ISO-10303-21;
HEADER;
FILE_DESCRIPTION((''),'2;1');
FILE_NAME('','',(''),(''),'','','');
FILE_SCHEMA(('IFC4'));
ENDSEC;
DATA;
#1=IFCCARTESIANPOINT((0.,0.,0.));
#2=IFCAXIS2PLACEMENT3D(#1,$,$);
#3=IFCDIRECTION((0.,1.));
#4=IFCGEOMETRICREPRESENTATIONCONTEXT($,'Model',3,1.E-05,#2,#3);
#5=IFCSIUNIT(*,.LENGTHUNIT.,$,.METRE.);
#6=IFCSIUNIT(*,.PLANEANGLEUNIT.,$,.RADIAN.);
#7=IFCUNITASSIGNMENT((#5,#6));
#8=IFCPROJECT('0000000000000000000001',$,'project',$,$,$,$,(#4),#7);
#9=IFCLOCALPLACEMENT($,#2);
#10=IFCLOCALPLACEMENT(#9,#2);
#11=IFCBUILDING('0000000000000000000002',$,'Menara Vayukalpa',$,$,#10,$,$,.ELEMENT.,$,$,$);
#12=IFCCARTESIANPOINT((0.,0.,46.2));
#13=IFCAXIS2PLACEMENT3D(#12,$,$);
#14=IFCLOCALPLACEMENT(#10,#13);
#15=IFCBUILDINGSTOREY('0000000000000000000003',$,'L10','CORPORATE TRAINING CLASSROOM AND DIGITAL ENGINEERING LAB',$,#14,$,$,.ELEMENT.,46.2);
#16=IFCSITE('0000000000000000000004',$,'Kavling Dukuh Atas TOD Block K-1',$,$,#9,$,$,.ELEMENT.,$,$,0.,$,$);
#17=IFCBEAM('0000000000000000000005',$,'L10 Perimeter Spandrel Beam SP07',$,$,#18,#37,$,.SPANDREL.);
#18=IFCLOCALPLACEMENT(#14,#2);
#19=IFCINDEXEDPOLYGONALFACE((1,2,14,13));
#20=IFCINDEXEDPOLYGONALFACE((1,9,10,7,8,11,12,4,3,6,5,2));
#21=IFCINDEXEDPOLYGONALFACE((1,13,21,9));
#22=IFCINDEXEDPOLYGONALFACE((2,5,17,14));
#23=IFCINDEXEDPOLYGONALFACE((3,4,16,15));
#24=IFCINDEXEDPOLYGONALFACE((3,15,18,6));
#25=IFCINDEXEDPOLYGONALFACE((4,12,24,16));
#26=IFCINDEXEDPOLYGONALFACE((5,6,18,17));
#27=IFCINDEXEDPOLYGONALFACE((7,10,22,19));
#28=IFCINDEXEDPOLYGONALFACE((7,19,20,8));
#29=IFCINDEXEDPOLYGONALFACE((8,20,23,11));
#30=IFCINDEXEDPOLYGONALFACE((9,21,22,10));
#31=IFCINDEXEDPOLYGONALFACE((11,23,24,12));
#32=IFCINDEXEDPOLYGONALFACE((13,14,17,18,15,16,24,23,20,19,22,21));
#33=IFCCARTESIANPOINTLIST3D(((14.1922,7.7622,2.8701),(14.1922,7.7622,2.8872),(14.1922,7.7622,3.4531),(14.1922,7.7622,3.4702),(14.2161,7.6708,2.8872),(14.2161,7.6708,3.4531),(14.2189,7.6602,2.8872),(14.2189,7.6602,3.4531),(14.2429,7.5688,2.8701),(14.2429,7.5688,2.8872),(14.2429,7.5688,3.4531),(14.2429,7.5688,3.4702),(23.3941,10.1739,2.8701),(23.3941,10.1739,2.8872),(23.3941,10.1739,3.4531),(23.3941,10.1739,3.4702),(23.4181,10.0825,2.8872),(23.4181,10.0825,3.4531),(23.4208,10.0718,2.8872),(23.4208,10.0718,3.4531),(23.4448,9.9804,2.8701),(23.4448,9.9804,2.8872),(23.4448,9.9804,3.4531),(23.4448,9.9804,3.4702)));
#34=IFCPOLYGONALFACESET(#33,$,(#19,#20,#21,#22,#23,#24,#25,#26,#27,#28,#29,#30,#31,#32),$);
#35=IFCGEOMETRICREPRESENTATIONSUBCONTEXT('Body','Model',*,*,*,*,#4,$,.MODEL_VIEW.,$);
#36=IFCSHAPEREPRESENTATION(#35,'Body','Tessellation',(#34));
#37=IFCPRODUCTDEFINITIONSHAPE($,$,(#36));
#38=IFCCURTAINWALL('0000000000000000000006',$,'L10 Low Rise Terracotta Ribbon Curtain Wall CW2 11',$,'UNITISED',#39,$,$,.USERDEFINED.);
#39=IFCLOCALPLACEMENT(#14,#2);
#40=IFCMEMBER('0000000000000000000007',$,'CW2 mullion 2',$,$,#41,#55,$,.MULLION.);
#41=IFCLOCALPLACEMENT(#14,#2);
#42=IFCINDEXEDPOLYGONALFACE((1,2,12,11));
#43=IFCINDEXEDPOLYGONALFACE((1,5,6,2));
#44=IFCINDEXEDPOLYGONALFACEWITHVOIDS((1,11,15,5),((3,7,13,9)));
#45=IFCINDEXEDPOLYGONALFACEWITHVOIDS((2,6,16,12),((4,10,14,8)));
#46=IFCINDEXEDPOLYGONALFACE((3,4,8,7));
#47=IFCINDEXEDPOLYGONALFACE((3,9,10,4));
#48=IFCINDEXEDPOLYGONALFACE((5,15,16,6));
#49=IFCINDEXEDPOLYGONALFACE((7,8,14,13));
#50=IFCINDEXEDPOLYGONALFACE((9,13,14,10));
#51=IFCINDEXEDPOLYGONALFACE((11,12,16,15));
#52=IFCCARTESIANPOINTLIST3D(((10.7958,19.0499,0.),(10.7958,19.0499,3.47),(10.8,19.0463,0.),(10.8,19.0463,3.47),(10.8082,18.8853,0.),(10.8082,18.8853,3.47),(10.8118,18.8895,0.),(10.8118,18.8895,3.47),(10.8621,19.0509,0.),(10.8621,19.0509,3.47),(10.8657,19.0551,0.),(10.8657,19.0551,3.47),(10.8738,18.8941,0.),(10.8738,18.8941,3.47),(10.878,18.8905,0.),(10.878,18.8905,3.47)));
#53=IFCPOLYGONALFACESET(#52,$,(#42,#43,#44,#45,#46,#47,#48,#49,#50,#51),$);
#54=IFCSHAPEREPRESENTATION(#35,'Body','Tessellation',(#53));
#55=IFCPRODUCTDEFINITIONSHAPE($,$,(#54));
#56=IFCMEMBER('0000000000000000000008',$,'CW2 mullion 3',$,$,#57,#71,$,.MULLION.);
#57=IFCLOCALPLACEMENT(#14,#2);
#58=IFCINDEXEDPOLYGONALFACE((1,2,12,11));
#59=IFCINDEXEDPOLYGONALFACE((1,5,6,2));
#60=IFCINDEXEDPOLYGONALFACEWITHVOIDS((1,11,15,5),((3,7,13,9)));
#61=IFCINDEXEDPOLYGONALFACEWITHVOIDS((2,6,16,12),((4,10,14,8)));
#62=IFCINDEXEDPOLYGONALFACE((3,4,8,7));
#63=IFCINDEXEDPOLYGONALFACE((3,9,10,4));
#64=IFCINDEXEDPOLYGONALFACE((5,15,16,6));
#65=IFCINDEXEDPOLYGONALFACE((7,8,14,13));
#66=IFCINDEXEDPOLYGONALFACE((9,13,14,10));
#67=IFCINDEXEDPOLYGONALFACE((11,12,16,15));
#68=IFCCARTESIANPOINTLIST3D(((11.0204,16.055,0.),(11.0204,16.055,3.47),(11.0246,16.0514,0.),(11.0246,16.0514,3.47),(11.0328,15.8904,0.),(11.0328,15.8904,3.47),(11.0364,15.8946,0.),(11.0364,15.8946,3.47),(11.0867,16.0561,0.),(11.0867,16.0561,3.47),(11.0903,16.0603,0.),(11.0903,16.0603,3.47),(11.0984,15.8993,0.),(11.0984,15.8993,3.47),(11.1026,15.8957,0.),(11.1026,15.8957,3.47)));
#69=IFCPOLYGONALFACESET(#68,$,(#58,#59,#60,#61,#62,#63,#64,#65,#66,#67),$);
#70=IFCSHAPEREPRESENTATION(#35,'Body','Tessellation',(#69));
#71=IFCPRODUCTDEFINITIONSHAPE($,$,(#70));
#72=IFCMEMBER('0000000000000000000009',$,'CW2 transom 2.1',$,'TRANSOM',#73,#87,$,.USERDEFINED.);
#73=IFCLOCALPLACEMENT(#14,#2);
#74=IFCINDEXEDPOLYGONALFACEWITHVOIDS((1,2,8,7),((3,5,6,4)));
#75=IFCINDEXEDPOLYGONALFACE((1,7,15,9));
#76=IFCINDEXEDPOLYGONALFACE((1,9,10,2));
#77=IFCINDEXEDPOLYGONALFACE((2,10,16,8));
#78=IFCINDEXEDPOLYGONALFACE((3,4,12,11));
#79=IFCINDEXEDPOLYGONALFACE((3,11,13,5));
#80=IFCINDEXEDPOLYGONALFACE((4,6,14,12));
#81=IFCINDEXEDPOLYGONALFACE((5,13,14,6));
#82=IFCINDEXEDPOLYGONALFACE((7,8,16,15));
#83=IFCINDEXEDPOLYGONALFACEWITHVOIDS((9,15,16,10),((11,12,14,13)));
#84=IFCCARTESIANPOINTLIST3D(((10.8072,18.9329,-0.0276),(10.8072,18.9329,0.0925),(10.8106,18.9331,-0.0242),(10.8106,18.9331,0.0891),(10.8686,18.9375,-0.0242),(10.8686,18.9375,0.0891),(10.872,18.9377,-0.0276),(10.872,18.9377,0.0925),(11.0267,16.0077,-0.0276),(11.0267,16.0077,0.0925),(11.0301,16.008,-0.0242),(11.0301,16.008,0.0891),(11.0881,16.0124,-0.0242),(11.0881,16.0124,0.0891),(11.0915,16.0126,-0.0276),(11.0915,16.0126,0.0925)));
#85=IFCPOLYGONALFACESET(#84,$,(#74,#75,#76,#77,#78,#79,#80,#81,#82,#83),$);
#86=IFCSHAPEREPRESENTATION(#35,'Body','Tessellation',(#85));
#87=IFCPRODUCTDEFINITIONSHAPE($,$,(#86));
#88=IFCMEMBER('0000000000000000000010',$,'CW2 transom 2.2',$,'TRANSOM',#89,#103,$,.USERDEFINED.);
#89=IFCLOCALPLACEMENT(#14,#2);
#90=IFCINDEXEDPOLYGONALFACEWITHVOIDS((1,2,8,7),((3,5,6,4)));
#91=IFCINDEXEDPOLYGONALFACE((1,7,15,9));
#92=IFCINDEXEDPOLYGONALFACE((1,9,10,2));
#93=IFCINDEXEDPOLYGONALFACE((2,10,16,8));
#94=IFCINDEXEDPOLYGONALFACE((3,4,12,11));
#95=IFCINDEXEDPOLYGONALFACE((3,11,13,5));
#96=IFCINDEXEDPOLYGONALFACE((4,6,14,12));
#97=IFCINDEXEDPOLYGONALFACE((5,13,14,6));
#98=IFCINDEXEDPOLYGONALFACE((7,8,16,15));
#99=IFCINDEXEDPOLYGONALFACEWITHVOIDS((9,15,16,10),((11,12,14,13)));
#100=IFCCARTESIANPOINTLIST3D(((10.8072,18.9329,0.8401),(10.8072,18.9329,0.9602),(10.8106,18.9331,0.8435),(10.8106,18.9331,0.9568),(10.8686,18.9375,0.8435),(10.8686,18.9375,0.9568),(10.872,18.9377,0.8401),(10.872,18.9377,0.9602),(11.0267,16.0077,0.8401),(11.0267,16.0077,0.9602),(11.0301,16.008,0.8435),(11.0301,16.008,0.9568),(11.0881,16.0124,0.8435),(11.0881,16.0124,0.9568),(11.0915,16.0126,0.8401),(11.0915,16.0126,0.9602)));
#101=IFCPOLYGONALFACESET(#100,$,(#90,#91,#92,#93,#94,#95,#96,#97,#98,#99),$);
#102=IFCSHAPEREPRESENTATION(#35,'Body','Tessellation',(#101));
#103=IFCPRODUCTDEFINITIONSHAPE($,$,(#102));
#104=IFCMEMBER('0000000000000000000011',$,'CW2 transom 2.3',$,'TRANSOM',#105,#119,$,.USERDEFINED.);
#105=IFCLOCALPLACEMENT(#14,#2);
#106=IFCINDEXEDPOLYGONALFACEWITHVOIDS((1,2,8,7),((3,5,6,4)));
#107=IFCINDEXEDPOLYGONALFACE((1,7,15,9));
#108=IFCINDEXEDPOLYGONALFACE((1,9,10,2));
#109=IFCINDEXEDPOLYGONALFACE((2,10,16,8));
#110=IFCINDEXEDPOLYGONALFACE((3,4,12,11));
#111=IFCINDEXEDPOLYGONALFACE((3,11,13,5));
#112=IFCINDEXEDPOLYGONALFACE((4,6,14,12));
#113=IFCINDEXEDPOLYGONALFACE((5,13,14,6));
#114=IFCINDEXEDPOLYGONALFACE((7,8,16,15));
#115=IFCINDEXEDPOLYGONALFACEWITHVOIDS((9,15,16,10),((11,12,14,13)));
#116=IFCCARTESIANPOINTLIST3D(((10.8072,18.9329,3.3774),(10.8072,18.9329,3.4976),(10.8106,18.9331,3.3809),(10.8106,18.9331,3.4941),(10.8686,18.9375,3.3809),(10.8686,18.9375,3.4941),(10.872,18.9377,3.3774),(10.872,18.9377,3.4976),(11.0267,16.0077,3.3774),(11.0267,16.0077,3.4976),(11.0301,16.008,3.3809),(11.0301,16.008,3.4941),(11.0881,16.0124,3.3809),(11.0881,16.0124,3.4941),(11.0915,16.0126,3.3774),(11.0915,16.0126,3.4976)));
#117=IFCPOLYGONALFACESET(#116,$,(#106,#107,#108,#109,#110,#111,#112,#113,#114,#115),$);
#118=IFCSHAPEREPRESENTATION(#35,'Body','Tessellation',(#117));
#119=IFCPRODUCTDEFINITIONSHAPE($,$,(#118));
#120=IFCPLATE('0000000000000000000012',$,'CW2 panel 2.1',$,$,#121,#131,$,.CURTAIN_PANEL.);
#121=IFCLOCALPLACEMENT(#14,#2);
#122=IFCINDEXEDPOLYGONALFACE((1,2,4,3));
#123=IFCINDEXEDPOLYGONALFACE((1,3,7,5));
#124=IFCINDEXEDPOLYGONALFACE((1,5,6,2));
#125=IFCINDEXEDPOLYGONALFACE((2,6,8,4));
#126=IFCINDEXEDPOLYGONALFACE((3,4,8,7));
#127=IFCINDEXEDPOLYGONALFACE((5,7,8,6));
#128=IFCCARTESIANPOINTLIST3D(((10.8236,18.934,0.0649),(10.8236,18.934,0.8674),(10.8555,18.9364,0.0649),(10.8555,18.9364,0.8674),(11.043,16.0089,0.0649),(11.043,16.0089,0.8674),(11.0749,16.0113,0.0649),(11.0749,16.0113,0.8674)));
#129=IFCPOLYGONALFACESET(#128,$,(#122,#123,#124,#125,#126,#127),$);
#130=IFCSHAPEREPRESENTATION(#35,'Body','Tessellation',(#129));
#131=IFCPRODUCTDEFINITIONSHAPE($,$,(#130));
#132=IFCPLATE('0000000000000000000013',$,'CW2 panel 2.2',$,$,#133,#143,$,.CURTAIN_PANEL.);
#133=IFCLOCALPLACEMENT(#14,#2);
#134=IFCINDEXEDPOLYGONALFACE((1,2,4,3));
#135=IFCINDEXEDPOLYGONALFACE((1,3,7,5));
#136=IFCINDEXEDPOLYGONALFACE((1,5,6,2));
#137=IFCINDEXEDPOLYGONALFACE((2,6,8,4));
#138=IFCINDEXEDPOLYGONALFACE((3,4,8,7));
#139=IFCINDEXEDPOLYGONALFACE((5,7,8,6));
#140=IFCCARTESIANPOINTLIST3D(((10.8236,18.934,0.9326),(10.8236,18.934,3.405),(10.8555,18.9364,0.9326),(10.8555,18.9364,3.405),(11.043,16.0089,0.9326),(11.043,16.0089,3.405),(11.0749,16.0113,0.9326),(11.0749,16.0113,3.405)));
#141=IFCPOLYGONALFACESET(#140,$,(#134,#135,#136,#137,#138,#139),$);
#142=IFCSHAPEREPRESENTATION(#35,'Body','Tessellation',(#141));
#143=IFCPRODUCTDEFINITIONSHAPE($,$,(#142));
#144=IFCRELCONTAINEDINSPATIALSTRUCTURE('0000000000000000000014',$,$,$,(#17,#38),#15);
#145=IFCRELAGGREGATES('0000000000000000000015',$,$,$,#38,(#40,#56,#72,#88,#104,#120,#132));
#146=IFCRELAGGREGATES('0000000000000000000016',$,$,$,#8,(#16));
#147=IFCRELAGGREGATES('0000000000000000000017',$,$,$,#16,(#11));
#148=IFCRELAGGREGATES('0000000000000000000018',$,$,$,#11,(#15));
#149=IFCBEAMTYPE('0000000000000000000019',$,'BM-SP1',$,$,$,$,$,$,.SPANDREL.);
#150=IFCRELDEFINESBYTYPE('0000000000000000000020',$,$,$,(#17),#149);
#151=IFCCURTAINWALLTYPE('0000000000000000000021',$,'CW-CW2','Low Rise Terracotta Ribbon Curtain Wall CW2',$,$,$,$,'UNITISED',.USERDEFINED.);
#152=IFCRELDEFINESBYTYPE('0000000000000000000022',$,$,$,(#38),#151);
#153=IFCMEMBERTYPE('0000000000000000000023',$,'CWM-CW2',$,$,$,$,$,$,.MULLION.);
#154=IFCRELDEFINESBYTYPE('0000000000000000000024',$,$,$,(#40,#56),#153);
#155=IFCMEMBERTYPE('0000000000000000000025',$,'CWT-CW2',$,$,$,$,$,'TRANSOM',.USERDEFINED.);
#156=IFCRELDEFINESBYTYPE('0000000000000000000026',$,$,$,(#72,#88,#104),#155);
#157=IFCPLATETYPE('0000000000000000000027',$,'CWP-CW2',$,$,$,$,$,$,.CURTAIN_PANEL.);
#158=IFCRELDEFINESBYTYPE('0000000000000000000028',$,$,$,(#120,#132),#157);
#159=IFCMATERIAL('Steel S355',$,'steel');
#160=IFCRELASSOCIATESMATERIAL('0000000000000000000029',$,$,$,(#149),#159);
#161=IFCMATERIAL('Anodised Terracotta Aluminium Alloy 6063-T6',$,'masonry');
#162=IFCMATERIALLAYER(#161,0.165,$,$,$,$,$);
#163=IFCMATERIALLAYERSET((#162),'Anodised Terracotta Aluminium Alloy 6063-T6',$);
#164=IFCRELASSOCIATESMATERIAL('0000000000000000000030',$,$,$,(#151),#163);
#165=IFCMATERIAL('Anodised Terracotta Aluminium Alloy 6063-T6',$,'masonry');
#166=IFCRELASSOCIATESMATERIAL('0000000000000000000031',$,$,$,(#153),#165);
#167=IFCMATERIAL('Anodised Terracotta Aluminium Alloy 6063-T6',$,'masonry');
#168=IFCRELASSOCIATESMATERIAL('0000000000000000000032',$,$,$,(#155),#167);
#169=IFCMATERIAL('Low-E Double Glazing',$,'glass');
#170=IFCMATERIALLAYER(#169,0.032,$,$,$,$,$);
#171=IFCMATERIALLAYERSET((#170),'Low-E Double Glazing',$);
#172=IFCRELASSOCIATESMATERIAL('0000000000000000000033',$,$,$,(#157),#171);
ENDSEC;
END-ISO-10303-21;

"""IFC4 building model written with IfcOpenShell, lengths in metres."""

from ifc_helpers import new_model, si_unit, direction, frame, origin, origin_2d, place, context, subcontext, project, spatial, rectangle, hollow_rectangle, i_section, extrude, material, layer, layer_set, material_profile, profile_set, type_object, element, aggregate, save


model = new_model("IFC4")

# Units and contexts
model_context = context("Model", 3, precision=1e-05, world=origin(), true_north=direction((0.0, 1.0)))
body_context = subcontext(model_context, "Body", "Model", "MODEL_VIEW")
ifc_project = project(units=[si_unit("LENGTHUNIT", "METRE"), si_unit("PLANEANGLEUNIT", "RADIAN")], contexts=[model_context])

# Site, building, storey
site_placement = place(None, origin())
site = spatial("IfcSite", under=ifc_project, at=site_placement, Name="Kavling Dukuh Atas TOD Block K-1", CompositionType="ELEMENT", RefElevation=0.0)
building_placement = place(site_placement, origin())
building = spatial("IfcBuilding", under=site, at=building_placement, Name="Menara Vayukalpa", CompositionType="ELEMENT")
storey_placement = place(building_placement, frame((0.0, 0.0, 46.2)))
storey = spatial("IfcBuildingStorey", under=building, at=storey_placement, Name="L10", Description="CORPORATE TRAINING CLASSROOM AND DIGITAL ENGINEERING LAB", CompositionType="ELEMENT", Elevation=46.2)

# Beam
ifc_material_1 = material(Name="Steel S355", Category="steel")
ifc_material_profile_1 = material_profile(ifc_material_1, i_section(OverallWidth=0.2, OverallDepth=0.6001, WebThickness=0.011, FlangeThickness=0.0171, at=origin_2d()), Name="WF 600x200x11x17")
ifc_profile_set_1 = profile_set([ifc_material_profile_1], Name="Steel S355")
beam_type_1 = type_object("IfcBeamType", Name="BM-SP1", PredefinedType="SPANDREL", material=ifc_profile_set_1)
beam_1_placement = place(storey_placement, frame((14.2175, 7.6655, 3.1702), z_axis=(0.967331, 0.253517, 0.0), x_axis=(-0.253517, 0.967331, 0.0)))
element("IfcBeam", 1, at=beam_1_placement, inside=storey, type_object=beam_type_1, Name="L10 Perimeter Spandrel Beam SP07", PredefinedType="SPANDREL", context=body_context, shape_type="SweptSolid", body=[
    extrude(i_section(OverallWidth=0.2, OverallDepth=0.6001, WebThickness=0.011, FlangeThickness=0.0171, at=origin_2d()), origin(), (0.0, 0.0, 1.0), 9.5127),
])

# Curtain wall, members, plates
ifc_material_2 = material(Name="Anodised Terracotta Aluminium Alloy 6063-T6", Category="masonry")
ifc_layer_1 = layer(ifc_material_2, 0.165)
ifc_layer_set_1 = layer_set([ifc_layer_1], Name="Anodised Terracotta Aluminium Alloy 6063-T6")
curtain_wall_type = type_object("IfcCurtainWallType", Name="CW-CW2", Description="Low Rise Terracotta Ribbon Curtain Wall CW2", ElementType="UNITISED", PredefinedType="USERDEFINED", material=ifc_layer_set_1)
curtain_wall_placement = place(storey_placement, origin())
curtain_wall = element("IfcCurtainWall", 2, at=curtain_wall_placement, inside=storey, type_object=curtain_wall_type, Name="L10 Low Rise Terracotta Ribbon Curtain Wall CW2 11", ObjectType="UNITISED", PredefinedType="USERDEFINED")
ifc_material_3 = material(Name="Anodised Terracotta Aluminium Alloy 6063-T6", Category="masonry")
ifc_material_profile_2 = material_profile(ifc_material_3, hollow_rectangle(XDim=0.0701, YDim=0.165, WallThickness=0.0039, at=origin_2d()), Name="ALU 70x165x4")
ifc_profile_set_2 = profile_set([ifc_material_profile_2], Name="Anodised Terracotta Aluminium Alloy 6063-T6")
member_type_1 = type_object("IfcMemberType", Name="CWM-CW2", PredefinedType="MULLION", material=ifc_profile_set_2)
member_1_placement = place(storey_placement, frame((10.8369, 18.9702, 0.0), z_axis=(0.0, 0.0, 1.0), x_axis=(0.997199, 0.074795, 0.0)))
member_1 = element("IfcMember", 3, at=member_1_placement, type_object=member_type_1, Name="CW2 mullion 2", PredefinedType="MULLION", context=body_context, shape_type="SweptSolid", body=[
    extrude(hollow_rectangle(XDim=0.0701, YDim=0.165, WallThickness=0.0039, at=origin_2d()), origin(), (0.0, 0.0, 1.0), 3.47),
])
member_2_placement = place(storey_placement, frame((11.0615, 15.9753, 0.0), z_axis=(0.0, 0.0, 1.0), x_axis=(0.997199, 0.074795, 0.0)))
member_2 = element("IfcMember", 4, at=member_2_placement, type_object=member_type_1, Name="CW2 mullion 3", PredefinedType="MULLION", context=body_context, shape_type="SweptSolid", body=[
    extrude(hollow_rectangle(XDim=0.0701, YDim=0.165, WallThickness=0.0039, at=origin_2d()), origin(), (0.0, 0.0, 1.0), 3.47),
])
ifc_material_4 = material(Name="Anodised Terracotta Aluminium Alloy 6063-T6", Category="masonry")
ifc_material_profile_3 = material_profile(ifc_material_4, hollow_rectangle(XDim=0.0649, YDim=0.1201, WallThickness=0.0034, at=origin_2d()), Name="ALU 65x120x3.5")
ifc_profile_set_3 = profile_set([ifc_material_profile_3], Name="Anodised Terracotta Aluminium Alloy 6063-T6")
member_type_2 = type_object("IfcMemberType", Name="CWT-CW2", ElementType="TRANSOM", PredefinedType="USERDEFINED", material=ifc_profile_set_3)
member_3_placement = place(storey_placement, frame((10.8396, 18.9353, 0.0325), z_axis=(0.074825, -0.997197, 0.0), x_axis=(0.997197, 0.074825, 0.0)))
member_3 = element("IfcMember", 5, at=member_3_placement, type_object=member_type_2, Name="CW2 transom 2.1", ObjectType="TRANSOM", PredefinedType="USERDEFINED", context=body_context, shape_type="SweptSolid", body=[
    extrude(hollow_rectangle(XDim=0.0649, YDim=0.1201, WallThickness=0.0034, at=origin_2d()), origin(), (0.0, 0.0, 1.0), 2.9333),
])
member_4_placement = place(storey_placement, frame((10.8396, 18.9353, 0.9001), z_axis=(0.074825, -0.997197, 0.0), x_axis=(0.997197, 0.074825, 0.0)))
member_4 = element("IfcMember", 6, at=member_4_placement, type_object=member_type_2, Name="CW2 transom 2.2", ObjectType="TRANSOM", PredefinedType="USERDEFINED", context=body_context, shape_type="SweptSolid", body=[
    extrude(hollow_rectangle(XDim=0.0649, YDim=0.1201, WallThickness=0.0034, at=origin_2d()), origin(), (0.0, 0.0, 1.0), 2.9333),
])
member_5_placement = place(storey_placement, frame((10.8396, 18.9353, 3.4375), z_axis=(0.074825, -0.997197, 0.0), x_axis=(0.997197, 0.074825, 0.0)))
member_5 = element("IfcMember", 7, at=member_5_placement, type_object=member_type_2, Name="CW2 transom 2.3", ObjectType="TRANSOM", PredefinedType="USERDEFINED", context=body_context, shape_type="SweptSolid", body=[
    extrude(hollow_rectangle(XDim=0.0649, YDim=0.1201, WallThickness=0.0034, at=origin_2d()), origin(), (0.0, 0.0, 1.0), 2.9333),
])
ifc_material_5 = material(Name="Low-E Double Glazing", Category="glass")
ifc_layer_2 = layer(ifc_material_5, 0.032)
ifc_layer_set_2 = layer_set([ifc_layer_2], Name="Low-E Double Glazing")
plate_type = type_object("IfcPlateType", Name="CWP-CW2", PredefinedType="CURTAIN_PANEL", material=ifc_layer_set_2)
plate_1_placement = place(storey_placement, frame((10.9492, 17.4727, 0.0649), z_axis=(0.0, 0.0, 1.0), x_axis=(0.074795, -0.997199, 0.0)))
plate_1 = element("IfcPlate", 8, at=plate_1_placement, type_object=plate_type, Name="CW2 panel 2.1", PredefinedType="CURTAIN_PANEL", context=body_context, shape_type="SweptSolid", body=[
    extrude(rectangle(XDim=2.9333, YDim=0.032, at=origin_2d()), origin(), (0.0, 0.0, 1.0), 0.8025),
])
plate_2_placement = place(storey_placement, frame((10.9492, 17.4727, 0.9326), z_axis=(0.0, 0.0, 1.0), x_axis=(0.074795, -0.997199, 0.0)))
plate_2 = element("IfcPlate", 9, at=plate_2_placement, type_object=plate_type, Name="CW2 panel 2.2", PredefinedType="CURTAIN_PANEL", context=body_context, shape_type="SweptSolid", body=[
    extrude(rectangle(XDim=2.9333, YDim=0.032, at=origin_2d()), origin(), (0.0, 0.0, 1.0), 2.4724),
])
aggregate(curtain_wall, [member_1, member_2, member_3, member_4, member_5, plate_1, plate_2])

save(model, "model.ifc")
